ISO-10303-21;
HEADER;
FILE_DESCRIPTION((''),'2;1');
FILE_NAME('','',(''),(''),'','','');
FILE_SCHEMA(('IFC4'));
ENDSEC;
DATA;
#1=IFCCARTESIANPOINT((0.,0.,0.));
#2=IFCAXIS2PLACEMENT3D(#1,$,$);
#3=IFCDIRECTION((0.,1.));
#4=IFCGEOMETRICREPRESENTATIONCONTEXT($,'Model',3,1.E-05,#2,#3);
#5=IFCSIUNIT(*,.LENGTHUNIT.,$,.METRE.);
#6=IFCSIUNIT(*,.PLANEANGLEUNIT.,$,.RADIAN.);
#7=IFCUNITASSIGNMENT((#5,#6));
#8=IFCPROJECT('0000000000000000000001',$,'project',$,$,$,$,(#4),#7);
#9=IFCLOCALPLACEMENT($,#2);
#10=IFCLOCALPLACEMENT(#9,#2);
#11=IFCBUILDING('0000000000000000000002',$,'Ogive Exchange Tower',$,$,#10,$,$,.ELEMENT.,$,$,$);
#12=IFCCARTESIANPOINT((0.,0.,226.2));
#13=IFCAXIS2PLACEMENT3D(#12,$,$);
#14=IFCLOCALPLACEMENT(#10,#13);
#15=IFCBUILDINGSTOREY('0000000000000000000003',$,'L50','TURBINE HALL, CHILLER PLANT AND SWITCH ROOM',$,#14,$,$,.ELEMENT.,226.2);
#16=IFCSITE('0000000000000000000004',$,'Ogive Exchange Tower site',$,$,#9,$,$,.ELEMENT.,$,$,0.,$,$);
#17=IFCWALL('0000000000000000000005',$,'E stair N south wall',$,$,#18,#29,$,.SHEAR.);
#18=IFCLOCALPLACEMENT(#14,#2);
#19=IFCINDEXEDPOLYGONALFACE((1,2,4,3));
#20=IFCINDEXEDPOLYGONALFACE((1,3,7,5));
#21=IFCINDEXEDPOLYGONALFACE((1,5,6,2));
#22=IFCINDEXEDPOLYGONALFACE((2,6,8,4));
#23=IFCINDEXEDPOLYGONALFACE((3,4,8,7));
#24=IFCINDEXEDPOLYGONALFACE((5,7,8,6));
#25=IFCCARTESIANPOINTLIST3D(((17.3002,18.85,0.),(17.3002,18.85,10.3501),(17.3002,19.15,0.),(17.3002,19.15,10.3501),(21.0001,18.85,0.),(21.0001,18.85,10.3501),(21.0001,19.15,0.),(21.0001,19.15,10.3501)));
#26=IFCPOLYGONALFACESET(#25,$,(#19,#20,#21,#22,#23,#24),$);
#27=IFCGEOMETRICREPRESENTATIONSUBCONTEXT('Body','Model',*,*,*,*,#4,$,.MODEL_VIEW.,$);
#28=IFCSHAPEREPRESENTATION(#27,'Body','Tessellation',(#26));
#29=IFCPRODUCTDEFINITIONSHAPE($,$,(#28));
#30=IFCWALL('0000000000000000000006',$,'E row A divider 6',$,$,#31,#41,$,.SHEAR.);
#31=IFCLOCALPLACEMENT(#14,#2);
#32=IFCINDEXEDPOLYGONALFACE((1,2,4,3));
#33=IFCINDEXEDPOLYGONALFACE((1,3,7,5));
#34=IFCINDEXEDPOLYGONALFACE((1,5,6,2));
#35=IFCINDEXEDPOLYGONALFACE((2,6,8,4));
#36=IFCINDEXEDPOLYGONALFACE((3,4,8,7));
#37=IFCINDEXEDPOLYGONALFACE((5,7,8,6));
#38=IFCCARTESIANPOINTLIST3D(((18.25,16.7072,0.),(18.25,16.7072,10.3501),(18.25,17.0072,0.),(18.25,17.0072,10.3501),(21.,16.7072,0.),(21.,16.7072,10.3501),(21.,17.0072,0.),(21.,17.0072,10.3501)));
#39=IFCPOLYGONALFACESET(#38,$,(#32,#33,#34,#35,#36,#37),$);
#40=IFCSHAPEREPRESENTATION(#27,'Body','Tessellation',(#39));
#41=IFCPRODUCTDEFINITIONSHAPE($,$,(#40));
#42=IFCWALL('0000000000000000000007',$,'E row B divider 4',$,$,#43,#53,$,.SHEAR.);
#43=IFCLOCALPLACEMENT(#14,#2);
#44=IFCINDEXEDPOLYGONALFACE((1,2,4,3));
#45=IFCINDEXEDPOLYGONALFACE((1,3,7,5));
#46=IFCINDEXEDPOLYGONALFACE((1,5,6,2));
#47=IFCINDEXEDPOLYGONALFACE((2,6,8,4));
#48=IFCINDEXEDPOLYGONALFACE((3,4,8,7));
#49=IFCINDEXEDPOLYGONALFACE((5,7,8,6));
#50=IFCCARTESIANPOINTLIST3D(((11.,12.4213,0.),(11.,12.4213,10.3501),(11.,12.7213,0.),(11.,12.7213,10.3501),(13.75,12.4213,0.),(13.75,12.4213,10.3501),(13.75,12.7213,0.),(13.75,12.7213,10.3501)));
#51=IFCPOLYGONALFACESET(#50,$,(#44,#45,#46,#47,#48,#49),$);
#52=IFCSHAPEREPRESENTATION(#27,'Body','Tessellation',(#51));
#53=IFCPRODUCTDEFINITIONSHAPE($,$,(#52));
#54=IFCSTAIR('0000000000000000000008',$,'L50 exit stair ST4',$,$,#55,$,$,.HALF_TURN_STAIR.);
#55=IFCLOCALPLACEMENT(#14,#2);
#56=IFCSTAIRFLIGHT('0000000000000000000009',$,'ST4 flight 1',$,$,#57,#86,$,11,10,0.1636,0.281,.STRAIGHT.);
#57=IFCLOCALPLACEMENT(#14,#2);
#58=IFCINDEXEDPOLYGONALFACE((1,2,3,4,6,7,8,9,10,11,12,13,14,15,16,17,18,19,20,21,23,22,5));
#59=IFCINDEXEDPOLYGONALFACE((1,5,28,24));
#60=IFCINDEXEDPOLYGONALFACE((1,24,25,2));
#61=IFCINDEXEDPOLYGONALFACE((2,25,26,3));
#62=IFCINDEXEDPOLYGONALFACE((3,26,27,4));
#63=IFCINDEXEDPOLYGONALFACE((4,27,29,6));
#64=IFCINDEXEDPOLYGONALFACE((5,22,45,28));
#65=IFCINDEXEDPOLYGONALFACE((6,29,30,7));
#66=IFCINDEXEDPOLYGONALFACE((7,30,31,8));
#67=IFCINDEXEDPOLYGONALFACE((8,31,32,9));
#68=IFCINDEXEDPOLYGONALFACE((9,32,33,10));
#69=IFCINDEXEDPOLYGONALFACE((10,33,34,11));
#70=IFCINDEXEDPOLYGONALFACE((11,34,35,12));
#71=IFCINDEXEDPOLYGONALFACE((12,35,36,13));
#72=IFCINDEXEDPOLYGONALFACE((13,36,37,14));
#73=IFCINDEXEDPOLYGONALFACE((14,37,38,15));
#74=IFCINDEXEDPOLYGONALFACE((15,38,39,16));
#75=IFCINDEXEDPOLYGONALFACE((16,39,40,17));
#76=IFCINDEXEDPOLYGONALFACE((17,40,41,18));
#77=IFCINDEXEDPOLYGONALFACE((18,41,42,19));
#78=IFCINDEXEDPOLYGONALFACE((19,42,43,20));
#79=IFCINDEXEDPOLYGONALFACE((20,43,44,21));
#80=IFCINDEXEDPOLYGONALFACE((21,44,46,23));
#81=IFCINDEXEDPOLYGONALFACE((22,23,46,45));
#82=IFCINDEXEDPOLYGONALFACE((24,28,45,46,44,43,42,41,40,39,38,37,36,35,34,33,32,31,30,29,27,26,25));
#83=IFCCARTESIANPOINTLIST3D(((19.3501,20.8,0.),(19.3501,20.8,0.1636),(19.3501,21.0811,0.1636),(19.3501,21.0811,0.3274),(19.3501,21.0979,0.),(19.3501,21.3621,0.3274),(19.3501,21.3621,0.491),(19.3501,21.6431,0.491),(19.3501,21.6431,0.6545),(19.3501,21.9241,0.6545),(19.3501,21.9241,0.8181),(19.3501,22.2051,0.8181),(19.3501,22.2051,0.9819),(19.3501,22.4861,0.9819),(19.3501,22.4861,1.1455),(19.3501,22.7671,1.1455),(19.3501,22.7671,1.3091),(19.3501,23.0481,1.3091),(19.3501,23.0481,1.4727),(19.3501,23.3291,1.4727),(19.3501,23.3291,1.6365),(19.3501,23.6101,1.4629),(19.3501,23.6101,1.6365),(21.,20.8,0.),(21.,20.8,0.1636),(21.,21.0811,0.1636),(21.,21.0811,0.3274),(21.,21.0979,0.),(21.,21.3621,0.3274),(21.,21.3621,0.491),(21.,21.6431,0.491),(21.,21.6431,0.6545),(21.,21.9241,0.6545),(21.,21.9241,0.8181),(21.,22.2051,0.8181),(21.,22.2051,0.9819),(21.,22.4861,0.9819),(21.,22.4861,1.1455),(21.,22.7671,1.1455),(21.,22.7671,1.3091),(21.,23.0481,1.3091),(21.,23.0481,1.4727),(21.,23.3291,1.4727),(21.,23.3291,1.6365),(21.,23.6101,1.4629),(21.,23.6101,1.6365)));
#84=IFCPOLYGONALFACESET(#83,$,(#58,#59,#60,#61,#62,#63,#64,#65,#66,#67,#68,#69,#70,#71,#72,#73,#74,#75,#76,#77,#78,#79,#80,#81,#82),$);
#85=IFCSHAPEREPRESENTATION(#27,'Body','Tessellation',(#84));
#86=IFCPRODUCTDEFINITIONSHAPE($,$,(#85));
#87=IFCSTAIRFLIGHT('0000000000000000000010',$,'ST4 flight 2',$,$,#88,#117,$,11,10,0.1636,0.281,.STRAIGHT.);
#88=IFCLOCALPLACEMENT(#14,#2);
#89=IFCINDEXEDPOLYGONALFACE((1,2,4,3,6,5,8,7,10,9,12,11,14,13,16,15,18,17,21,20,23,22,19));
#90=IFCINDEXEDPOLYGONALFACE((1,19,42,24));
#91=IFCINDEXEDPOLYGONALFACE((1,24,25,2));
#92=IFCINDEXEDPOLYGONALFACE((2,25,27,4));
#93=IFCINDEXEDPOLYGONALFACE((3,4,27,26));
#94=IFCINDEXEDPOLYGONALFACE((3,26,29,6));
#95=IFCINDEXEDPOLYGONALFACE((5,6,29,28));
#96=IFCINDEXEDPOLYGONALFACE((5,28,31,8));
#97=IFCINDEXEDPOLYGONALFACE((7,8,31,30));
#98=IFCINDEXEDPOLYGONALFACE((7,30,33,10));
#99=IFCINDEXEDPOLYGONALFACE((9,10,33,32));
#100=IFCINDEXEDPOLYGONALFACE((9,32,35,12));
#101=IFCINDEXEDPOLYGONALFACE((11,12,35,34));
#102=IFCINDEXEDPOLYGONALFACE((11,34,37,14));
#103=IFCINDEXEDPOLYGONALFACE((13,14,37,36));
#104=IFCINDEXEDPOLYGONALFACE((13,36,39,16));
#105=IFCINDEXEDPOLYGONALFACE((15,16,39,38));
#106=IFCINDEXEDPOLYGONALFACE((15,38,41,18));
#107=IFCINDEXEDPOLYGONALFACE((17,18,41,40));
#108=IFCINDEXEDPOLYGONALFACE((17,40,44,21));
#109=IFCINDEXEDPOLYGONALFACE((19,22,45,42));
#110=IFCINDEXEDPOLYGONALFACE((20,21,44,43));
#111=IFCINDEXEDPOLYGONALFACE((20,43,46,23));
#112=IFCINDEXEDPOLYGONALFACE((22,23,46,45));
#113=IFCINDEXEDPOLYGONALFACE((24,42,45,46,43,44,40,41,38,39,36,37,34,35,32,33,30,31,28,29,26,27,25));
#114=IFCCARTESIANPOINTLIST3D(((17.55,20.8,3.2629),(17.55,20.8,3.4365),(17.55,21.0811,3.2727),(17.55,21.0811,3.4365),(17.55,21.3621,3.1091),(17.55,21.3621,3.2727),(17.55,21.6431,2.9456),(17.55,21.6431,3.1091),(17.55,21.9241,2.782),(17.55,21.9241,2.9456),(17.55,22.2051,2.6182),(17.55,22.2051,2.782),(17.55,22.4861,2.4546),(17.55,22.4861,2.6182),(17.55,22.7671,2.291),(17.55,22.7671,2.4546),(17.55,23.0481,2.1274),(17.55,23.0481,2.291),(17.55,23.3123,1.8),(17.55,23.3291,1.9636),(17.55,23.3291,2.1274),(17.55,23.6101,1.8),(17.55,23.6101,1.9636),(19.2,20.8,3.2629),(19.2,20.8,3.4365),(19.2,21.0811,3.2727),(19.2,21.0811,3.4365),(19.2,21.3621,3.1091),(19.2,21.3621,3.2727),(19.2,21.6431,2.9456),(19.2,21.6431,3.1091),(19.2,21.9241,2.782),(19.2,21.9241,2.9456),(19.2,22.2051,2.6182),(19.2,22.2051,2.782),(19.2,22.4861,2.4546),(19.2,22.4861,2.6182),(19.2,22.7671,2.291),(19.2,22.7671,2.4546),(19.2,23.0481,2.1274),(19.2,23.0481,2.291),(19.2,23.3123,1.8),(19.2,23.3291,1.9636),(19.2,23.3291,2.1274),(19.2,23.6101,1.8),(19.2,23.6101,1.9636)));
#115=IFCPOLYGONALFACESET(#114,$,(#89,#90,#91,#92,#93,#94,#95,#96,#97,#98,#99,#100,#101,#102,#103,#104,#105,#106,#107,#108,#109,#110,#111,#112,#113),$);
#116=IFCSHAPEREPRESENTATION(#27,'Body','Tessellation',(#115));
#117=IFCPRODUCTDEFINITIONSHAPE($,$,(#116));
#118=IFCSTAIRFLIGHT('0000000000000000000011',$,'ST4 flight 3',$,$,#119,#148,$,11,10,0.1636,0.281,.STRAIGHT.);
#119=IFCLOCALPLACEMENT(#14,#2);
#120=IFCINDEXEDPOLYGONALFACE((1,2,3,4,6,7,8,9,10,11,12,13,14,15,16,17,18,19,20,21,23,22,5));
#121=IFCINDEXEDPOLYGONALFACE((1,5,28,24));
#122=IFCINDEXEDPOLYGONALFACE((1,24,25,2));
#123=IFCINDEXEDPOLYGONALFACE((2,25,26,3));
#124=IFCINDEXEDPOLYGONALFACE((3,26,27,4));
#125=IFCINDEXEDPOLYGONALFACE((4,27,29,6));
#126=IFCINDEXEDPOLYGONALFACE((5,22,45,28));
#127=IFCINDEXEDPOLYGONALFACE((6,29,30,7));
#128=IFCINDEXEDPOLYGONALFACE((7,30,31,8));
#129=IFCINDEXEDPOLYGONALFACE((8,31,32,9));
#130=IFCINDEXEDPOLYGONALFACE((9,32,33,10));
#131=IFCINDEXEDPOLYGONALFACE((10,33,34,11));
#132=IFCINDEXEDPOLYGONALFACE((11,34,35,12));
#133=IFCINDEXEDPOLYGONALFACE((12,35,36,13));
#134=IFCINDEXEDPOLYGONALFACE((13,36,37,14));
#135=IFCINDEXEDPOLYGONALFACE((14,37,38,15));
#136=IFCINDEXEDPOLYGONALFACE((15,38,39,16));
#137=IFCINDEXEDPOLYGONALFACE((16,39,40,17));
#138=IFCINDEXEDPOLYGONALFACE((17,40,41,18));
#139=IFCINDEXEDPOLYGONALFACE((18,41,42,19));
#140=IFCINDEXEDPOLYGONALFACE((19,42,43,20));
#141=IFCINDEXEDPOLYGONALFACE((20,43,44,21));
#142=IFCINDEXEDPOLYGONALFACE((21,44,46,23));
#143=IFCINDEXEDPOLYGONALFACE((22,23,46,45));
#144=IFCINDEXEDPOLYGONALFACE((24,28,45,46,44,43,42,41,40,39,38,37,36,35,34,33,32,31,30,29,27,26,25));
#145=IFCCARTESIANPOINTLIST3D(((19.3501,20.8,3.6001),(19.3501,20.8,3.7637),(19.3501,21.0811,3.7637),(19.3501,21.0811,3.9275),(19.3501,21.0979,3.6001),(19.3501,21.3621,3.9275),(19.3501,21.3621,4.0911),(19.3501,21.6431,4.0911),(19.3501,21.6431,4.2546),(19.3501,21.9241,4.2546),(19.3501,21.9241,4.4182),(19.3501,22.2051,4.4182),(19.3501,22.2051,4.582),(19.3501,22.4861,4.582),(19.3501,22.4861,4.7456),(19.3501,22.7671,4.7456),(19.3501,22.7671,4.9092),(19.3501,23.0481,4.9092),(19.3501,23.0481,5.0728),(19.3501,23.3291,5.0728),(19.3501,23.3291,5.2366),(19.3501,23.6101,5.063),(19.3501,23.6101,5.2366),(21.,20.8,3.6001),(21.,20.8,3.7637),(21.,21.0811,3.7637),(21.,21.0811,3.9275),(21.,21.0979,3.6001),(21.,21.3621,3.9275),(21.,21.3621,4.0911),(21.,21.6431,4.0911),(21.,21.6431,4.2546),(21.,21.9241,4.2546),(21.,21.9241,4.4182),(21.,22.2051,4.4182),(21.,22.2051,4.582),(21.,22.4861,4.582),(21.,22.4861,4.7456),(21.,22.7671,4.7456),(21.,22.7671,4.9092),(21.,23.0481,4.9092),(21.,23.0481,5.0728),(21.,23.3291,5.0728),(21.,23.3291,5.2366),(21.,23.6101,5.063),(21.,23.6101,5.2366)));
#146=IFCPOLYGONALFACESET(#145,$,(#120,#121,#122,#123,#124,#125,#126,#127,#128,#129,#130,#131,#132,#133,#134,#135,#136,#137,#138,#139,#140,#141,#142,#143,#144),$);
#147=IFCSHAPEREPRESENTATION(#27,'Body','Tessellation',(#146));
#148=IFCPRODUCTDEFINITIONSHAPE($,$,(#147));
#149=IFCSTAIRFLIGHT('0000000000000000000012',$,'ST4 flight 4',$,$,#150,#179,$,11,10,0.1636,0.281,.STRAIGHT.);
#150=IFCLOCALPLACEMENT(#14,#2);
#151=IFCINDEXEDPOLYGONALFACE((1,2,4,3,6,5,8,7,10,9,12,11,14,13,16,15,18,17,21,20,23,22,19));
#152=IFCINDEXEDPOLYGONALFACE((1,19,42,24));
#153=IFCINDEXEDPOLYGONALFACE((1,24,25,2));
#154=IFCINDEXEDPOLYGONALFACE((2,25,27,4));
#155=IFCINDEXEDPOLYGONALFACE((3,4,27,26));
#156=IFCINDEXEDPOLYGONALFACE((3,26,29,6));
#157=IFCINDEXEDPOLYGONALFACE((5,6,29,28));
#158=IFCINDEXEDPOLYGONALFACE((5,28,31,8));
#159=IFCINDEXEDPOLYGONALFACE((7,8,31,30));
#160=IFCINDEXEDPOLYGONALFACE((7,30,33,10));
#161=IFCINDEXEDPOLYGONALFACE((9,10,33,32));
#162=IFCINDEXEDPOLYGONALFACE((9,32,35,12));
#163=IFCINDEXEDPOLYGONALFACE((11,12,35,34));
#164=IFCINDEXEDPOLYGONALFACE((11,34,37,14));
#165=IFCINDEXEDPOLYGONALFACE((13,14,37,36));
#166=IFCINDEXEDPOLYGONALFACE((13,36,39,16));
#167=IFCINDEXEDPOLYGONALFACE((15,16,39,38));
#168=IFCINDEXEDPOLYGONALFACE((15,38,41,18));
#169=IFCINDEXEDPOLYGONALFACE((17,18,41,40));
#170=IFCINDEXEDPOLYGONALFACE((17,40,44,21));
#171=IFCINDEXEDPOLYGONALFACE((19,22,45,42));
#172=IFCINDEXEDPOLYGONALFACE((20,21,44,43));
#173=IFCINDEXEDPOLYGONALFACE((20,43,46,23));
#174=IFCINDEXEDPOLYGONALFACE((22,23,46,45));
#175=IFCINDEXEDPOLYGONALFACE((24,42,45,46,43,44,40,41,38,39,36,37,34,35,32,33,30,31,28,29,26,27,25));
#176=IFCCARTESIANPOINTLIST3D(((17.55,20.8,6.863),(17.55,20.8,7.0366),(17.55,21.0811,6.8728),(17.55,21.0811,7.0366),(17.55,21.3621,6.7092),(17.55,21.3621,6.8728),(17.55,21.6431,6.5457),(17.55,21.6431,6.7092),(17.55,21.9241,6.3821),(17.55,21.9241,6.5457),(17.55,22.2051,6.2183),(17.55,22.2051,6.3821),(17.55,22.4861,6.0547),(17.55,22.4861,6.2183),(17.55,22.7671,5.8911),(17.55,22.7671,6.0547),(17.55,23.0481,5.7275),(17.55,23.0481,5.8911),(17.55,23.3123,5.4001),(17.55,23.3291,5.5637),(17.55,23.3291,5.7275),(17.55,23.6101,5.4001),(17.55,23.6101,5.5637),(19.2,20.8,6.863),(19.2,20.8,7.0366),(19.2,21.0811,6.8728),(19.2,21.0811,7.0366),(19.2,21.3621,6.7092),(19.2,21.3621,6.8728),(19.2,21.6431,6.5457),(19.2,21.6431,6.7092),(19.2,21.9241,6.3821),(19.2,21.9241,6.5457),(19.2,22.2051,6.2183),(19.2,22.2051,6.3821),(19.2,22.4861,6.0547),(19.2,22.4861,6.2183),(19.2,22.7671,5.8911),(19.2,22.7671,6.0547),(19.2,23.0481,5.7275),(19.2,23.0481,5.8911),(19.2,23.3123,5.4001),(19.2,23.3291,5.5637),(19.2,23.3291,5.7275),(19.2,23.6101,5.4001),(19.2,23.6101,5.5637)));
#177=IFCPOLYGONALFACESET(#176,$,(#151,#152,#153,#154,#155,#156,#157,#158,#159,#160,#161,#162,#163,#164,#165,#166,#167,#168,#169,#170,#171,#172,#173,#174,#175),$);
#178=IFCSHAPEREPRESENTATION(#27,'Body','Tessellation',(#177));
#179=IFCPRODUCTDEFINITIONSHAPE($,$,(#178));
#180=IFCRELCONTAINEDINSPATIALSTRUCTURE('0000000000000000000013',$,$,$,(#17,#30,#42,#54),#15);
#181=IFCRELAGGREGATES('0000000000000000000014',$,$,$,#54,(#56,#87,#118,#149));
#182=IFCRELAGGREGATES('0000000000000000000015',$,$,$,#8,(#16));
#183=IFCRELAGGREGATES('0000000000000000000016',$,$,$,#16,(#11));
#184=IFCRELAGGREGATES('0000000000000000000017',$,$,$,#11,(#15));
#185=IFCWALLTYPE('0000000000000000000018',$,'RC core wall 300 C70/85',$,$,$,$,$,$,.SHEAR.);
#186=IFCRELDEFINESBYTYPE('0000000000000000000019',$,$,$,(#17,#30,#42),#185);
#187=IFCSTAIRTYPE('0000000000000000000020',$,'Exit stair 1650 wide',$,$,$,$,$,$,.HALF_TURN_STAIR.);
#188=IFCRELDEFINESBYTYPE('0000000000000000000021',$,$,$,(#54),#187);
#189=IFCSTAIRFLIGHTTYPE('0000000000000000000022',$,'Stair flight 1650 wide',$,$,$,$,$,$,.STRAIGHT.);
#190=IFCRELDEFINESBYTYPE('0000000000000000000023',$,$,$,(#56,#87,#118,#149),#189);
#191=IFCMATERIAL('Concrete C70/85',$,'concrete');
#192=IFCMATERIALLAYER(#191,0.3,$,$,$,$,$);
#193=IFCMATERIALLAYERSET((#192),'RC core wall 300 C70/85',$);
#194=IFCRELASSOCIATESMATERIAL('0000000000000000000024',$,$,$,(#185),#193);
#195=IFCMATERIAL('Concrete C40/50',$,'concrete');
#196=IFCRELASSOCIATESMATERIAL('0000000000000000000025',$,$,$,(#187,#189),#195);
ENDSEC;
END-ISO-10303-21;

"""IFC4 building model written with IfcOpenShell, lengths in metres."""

from ifc_helpers import new_model, si_unit, direction, frame, frame_2d, origin, place, context, subcontext, project, spatial, polyline, rectangle, outline, extrude, material, layer, layer_set, type_object, element, aggregate, save


model = new_model("IFC4")

# Units and contexts
model_context = context("Model", 3, precision=1e-05, world=origin(), true_north=direction((0.0, 1.0)))
body_context = subcontext(model_context, "Body", "Model", "MODEL_VIEW")
ifc_project = project(units=[si_unit("LENGTHUNIT", "METRE"), si_unit("PLANEANGLEUNIT", "RADIAN")], contexts=[model_context])

# Site, building, storey
site_placement = place(None, origin())
site = spatial("IfcSite", under=ifc_project, at=site_placement, Name="Ogive Exchange Tower site", CompositionType="ELEMENT", RefElevation=0.0)
building_placement = place(site_placement, origin())
building = spatial("IfcBuilding", under=site, at=building_placement, Name="Ogive Exchange Tower", CompositionType="ELEMENT")
storey_placement = place(building_placement, frame((0.0, 0.0, 226.2)))
storey = spatial("IfcBuildingStorey", under=building, at=storey_placement, Name="L50", Description="TURBINE HALL, CHILLER PLANT AND SWITCH ROOM", CompositionType="ELEMENT", Elevation=226.2)

# Shared definitions
ifc_material_1 = material(Name="Concrete C70/85", Category="concrete")

# Walls
ifc_layer_1 = layer(ifc_material_1, 0.3)
ifc_layer_set_1 = layer_set([ifc_layer_1], Name="RC core wall 300 C70/85")
wall_type_1 = type_object("IfcWallType", Name="RC core wall 300 C70/85", PredefinedType="SHEAR", material=ifc_layer_set_1)
wall_1_placement = place(storey_placement, frame((17.3, 19.0, 0.0), z_axis=(0.0, 0.0, 1.0), x_axis=(1.0, 0.0, 0.0)))
element("IfcWall", 1, at=wall_1_placement, inside=storey, type_object=wall_type_1, Name="E stair N south wall", PredefinedType="SHEAR", context=body_context, shape_type="SweptSolid", body=[
    extrude(rectangle(XDim=3.7, YDim=0.3, at=frame_2d((1.8501, 0.0))), origin(), (0.0, 0.0, 1.0), 10.3501),
])
for number, where, z_axis, x_axis, name in (
    (2, (18.25, 16.8572, 0.0), (0.0, 0.0, 1.0), (1.0, 0.0, 0.0), "E row A divider 6"),
    (3, (11.0, 12.5713, 0.0), (0.0, 0.0, 1.0), (1.0, 0.0, 0.0), "E row B divider 4"),
):
    element("IfcWall", number, at=place(storey_placement, frame(where, z_axis=z_axis, x_axis=x_axis)), inside=storey, type_object=wall_type_1, Name=name, PredefinedType="SHEAR", context=body_context, shape_type="SweptSolid", body=[
        extrude(rectangle(XDim=2.75, YDim=0.3, at=frame_2d((1.375, 0.0))), origin(), (0.0, 0.0, 1.0), 10.3501),
    ])

# Stair, stair flights
ifc_material_2 = material(Name="Concrete C40/50", Category="concrete")
stair_type = type_object("IfcStairType", Name="Exit stair 1650 wide", PredefinedType="HALF_TURN_STAIR", material=ifc_material_2)
stair_placement = place(storey_placement, origin())
stair = element("IfcStair", 4, at=stair_placement, inside=storey, type_object=stair_type, Name="L50 exit stair ST4", PredefinedType="HALF_TURN_STAIR")
stair_flight_type = type_object("IfcStairFlightType", Name="Stair flight 1650 wide", PredefinedType="STRAIGHT", material=ifc_material_2)
stair_flight_1_placement = place(storey_placement, frame((20.175, 20.8, 0.0), z_axis=(0.0, 0.0, 1.0), x_axis=(0.0, 1.0, 0.0)))
stair_flight_1 = element("IfcStairFlight", 5, at=stair_flight_1_placement, type_object=stair_flight_type, Name="ST4 flight 1", NumberOfRisers=11, NumberOfTreads=10, PredefinedType="STRAIGHT", RiserHeight=0.1636, TreadLength=0.281, context=body_context, shape_type="SweptSolid", body=[
    extrude(outline(polyline([(0.0, 0.0), (0.0, 0.1636), (0.281, 0.1636), (0.281, 0.3274), (0.562, 0.3274), (0.562, 0.491), (0.843, 0.491), (0.843, 0.6545), (1.124, 0.6545), (1.124, 0.8181), (1.405, 0.8181), (1.405, 0.9819), (1.686, 0.9819), (1.686, 1.1455), (1.967, 1.1455), (1.967, 1.3091), (2.248, 1.3091), (2.248, 1.4727), (2.5291, 1.4727), (2.5291, 1.6365), (2.8101, 1.6365), (2.8101, 1.8), (2.8101, 1.4629), (0.2979, 0.0), (0.0, 0.0)])), frame((0.0, 0.825, 0.0), z_axis=(0.0, -1.0, 0.0), x_axis=(1.0, 0.0, 0.0)), (0.0, 0.0, 1.0), 1.6499),
])
stair_flight_2_placement = place(storey_placement, frame((18.375, 23.6101, 1.8), z_axis=(0.0, 0.0, 1.0), x_axis=(0.0, -1.0, 0.0)))
stair_flight_2 = element("IfcStairFlight", 6, at=stair_flight_2_placement, type_object=stair_flight_type, Name="ST4 flight 2", NumberOfRisers=11, NumberOfTreads=10, PredefinedType="STRAIGHT", RiserHeight=0.1636, TreadLength=0.281, context=body_context, shape_type="SweptSolid", body=[
    extrude(outline(polyline([(0.0, 0.0), (0.0, 0.1636), (0.281, 0.1636), (0.281, 0.3274), (0.562, 0.3274), (0.562, 0.491), (0.843, 0.491), (0.843, 0.6545), (1.124, 0.6545), (1.124, 0.8181), (1.405, 0.8181), (1.405, 0.9819), (1.686, 0.9819), (1.686, 1.1455), (1.967, 1.1455), (1.967, 1.3091), (2.248, 1.3091), (2.248, 1.4727), (2.5291, 1.4727), (2.5291, 1.6365), (2.8101, 1.6365), (2.8101, 1.8), (2.8101, 1.4629), (0.2979, 0.0), (0.0, 0.0)])), frame((0.0, 0.825, 0.0), z_axis=(0.0, -1.0, 0.0), x_axis=(1.0, 0.0, 0.0)), (0.0, 0.0, 1.0), 1.6499),
])
stair_flight_3_placement = place(storey_placement, frame((20.175, 20.8, 3.6001), z_axis=(0.0, 0.0, 1.0), x_axis=(0.0, 1.0, 0.0)))
stair_flight_3 = element("IfcStairFlight", 7, at=stair_flight_3_placement, type_object=stair_flight_type, Name="ST4 flight 3", NumberOfRisers=11, NumberOfTreads=10, PredefinedType="STRAIGHT", RiserHeight=0.1636, TreadLength=0.281, context=body_context, shape_type="SweptSolid", body=[
    extrude(outline(polyline([(0.0, 0.0), (0.0, 0.1636), (0.281, 0.1636), (0.281, 0.3274), (0.562, 0.3274), (0.562, 0.491), (0.843, 0.491), (0.843, 0.6545), (1.124, 0.6545), (1.124, 0.8181), (1.405, 0.8181), (1.405, 0.9819), (1.686, 0.9819), (1.686, 1.1455), (1.967, 1.1455), (1.967, 1.3091), (2.248, 1.3091), (2.248, 1.4727), (2.5291, 1.4727), (2.5291, 1.6365), (2.8101, 1.6365), (2.8101, 1.8), (2.8101, 1.4629), (0.2979, 0.0), (0.0, 0.0)])), frame((0.0, 0.825, 0.0), z_axis=(0.0, -1.0, 0.0), x_axis=(1.0, 0.0, 0.0)), (0.0, 0.0, 1.0), 1.6499),
])
stair_flight_4_placement = place(storey_placement, frame((18.375, 23.6101, 5.4001), z_axis=(0.0, 0.0, 1.0), x_axis=(0.0, -1.0, 0.0)))
stair_flight_4 = element("IfcStairFlight", 8, at=stair_flight_4_placement, type_object=stair_flight_type, Name="ST4 flight 4", NumberOfRisers=11, NumberOfTreads=10, PredefinedType="STRAIGHT", RiserHeight=0.1636, TreadLength=0.281, context=body_context, shape_type="SweptSolid", body=[
    extrude(outline(polyline([(0.0, 0.0), (0.0, 0.1636), (0.281, 0.1636), (0.281, 0.3274), (0.562, 0.3274), (0.562, 0.491), (0.843, 0.491), (0.843, 0.6545), (1.124, 0.6545), (1.124, 0.8181), (1.405, 0.8181), (1.405, 0.9819), (1.686, 0.9819), (1.686, 1.1455), (1.967, 1.1455), (1.967, 1.3091), (2.248, 1.3091), (2.248, 1.4727), (2.5291, 1.4727), (2.5291, 1.6365), (2.8101, 1.6365), (2.8101, 1.8), (2.8101, 1.4629), (0.2979, 0.0), (0.0, 0.0)])), frame((0.0, 0.825, 0.0), z_axis=(0.0, -1.0, 0.0), x_axis=(1.0, 0.0, 0.0)), (0.0, 0.0, 1.0), 1.6499),
])
aggregate(stair, [stair_flight_1, stair_flight_2, stair_flight_3, stair_flight_4])

save(model, "model.ifc")
